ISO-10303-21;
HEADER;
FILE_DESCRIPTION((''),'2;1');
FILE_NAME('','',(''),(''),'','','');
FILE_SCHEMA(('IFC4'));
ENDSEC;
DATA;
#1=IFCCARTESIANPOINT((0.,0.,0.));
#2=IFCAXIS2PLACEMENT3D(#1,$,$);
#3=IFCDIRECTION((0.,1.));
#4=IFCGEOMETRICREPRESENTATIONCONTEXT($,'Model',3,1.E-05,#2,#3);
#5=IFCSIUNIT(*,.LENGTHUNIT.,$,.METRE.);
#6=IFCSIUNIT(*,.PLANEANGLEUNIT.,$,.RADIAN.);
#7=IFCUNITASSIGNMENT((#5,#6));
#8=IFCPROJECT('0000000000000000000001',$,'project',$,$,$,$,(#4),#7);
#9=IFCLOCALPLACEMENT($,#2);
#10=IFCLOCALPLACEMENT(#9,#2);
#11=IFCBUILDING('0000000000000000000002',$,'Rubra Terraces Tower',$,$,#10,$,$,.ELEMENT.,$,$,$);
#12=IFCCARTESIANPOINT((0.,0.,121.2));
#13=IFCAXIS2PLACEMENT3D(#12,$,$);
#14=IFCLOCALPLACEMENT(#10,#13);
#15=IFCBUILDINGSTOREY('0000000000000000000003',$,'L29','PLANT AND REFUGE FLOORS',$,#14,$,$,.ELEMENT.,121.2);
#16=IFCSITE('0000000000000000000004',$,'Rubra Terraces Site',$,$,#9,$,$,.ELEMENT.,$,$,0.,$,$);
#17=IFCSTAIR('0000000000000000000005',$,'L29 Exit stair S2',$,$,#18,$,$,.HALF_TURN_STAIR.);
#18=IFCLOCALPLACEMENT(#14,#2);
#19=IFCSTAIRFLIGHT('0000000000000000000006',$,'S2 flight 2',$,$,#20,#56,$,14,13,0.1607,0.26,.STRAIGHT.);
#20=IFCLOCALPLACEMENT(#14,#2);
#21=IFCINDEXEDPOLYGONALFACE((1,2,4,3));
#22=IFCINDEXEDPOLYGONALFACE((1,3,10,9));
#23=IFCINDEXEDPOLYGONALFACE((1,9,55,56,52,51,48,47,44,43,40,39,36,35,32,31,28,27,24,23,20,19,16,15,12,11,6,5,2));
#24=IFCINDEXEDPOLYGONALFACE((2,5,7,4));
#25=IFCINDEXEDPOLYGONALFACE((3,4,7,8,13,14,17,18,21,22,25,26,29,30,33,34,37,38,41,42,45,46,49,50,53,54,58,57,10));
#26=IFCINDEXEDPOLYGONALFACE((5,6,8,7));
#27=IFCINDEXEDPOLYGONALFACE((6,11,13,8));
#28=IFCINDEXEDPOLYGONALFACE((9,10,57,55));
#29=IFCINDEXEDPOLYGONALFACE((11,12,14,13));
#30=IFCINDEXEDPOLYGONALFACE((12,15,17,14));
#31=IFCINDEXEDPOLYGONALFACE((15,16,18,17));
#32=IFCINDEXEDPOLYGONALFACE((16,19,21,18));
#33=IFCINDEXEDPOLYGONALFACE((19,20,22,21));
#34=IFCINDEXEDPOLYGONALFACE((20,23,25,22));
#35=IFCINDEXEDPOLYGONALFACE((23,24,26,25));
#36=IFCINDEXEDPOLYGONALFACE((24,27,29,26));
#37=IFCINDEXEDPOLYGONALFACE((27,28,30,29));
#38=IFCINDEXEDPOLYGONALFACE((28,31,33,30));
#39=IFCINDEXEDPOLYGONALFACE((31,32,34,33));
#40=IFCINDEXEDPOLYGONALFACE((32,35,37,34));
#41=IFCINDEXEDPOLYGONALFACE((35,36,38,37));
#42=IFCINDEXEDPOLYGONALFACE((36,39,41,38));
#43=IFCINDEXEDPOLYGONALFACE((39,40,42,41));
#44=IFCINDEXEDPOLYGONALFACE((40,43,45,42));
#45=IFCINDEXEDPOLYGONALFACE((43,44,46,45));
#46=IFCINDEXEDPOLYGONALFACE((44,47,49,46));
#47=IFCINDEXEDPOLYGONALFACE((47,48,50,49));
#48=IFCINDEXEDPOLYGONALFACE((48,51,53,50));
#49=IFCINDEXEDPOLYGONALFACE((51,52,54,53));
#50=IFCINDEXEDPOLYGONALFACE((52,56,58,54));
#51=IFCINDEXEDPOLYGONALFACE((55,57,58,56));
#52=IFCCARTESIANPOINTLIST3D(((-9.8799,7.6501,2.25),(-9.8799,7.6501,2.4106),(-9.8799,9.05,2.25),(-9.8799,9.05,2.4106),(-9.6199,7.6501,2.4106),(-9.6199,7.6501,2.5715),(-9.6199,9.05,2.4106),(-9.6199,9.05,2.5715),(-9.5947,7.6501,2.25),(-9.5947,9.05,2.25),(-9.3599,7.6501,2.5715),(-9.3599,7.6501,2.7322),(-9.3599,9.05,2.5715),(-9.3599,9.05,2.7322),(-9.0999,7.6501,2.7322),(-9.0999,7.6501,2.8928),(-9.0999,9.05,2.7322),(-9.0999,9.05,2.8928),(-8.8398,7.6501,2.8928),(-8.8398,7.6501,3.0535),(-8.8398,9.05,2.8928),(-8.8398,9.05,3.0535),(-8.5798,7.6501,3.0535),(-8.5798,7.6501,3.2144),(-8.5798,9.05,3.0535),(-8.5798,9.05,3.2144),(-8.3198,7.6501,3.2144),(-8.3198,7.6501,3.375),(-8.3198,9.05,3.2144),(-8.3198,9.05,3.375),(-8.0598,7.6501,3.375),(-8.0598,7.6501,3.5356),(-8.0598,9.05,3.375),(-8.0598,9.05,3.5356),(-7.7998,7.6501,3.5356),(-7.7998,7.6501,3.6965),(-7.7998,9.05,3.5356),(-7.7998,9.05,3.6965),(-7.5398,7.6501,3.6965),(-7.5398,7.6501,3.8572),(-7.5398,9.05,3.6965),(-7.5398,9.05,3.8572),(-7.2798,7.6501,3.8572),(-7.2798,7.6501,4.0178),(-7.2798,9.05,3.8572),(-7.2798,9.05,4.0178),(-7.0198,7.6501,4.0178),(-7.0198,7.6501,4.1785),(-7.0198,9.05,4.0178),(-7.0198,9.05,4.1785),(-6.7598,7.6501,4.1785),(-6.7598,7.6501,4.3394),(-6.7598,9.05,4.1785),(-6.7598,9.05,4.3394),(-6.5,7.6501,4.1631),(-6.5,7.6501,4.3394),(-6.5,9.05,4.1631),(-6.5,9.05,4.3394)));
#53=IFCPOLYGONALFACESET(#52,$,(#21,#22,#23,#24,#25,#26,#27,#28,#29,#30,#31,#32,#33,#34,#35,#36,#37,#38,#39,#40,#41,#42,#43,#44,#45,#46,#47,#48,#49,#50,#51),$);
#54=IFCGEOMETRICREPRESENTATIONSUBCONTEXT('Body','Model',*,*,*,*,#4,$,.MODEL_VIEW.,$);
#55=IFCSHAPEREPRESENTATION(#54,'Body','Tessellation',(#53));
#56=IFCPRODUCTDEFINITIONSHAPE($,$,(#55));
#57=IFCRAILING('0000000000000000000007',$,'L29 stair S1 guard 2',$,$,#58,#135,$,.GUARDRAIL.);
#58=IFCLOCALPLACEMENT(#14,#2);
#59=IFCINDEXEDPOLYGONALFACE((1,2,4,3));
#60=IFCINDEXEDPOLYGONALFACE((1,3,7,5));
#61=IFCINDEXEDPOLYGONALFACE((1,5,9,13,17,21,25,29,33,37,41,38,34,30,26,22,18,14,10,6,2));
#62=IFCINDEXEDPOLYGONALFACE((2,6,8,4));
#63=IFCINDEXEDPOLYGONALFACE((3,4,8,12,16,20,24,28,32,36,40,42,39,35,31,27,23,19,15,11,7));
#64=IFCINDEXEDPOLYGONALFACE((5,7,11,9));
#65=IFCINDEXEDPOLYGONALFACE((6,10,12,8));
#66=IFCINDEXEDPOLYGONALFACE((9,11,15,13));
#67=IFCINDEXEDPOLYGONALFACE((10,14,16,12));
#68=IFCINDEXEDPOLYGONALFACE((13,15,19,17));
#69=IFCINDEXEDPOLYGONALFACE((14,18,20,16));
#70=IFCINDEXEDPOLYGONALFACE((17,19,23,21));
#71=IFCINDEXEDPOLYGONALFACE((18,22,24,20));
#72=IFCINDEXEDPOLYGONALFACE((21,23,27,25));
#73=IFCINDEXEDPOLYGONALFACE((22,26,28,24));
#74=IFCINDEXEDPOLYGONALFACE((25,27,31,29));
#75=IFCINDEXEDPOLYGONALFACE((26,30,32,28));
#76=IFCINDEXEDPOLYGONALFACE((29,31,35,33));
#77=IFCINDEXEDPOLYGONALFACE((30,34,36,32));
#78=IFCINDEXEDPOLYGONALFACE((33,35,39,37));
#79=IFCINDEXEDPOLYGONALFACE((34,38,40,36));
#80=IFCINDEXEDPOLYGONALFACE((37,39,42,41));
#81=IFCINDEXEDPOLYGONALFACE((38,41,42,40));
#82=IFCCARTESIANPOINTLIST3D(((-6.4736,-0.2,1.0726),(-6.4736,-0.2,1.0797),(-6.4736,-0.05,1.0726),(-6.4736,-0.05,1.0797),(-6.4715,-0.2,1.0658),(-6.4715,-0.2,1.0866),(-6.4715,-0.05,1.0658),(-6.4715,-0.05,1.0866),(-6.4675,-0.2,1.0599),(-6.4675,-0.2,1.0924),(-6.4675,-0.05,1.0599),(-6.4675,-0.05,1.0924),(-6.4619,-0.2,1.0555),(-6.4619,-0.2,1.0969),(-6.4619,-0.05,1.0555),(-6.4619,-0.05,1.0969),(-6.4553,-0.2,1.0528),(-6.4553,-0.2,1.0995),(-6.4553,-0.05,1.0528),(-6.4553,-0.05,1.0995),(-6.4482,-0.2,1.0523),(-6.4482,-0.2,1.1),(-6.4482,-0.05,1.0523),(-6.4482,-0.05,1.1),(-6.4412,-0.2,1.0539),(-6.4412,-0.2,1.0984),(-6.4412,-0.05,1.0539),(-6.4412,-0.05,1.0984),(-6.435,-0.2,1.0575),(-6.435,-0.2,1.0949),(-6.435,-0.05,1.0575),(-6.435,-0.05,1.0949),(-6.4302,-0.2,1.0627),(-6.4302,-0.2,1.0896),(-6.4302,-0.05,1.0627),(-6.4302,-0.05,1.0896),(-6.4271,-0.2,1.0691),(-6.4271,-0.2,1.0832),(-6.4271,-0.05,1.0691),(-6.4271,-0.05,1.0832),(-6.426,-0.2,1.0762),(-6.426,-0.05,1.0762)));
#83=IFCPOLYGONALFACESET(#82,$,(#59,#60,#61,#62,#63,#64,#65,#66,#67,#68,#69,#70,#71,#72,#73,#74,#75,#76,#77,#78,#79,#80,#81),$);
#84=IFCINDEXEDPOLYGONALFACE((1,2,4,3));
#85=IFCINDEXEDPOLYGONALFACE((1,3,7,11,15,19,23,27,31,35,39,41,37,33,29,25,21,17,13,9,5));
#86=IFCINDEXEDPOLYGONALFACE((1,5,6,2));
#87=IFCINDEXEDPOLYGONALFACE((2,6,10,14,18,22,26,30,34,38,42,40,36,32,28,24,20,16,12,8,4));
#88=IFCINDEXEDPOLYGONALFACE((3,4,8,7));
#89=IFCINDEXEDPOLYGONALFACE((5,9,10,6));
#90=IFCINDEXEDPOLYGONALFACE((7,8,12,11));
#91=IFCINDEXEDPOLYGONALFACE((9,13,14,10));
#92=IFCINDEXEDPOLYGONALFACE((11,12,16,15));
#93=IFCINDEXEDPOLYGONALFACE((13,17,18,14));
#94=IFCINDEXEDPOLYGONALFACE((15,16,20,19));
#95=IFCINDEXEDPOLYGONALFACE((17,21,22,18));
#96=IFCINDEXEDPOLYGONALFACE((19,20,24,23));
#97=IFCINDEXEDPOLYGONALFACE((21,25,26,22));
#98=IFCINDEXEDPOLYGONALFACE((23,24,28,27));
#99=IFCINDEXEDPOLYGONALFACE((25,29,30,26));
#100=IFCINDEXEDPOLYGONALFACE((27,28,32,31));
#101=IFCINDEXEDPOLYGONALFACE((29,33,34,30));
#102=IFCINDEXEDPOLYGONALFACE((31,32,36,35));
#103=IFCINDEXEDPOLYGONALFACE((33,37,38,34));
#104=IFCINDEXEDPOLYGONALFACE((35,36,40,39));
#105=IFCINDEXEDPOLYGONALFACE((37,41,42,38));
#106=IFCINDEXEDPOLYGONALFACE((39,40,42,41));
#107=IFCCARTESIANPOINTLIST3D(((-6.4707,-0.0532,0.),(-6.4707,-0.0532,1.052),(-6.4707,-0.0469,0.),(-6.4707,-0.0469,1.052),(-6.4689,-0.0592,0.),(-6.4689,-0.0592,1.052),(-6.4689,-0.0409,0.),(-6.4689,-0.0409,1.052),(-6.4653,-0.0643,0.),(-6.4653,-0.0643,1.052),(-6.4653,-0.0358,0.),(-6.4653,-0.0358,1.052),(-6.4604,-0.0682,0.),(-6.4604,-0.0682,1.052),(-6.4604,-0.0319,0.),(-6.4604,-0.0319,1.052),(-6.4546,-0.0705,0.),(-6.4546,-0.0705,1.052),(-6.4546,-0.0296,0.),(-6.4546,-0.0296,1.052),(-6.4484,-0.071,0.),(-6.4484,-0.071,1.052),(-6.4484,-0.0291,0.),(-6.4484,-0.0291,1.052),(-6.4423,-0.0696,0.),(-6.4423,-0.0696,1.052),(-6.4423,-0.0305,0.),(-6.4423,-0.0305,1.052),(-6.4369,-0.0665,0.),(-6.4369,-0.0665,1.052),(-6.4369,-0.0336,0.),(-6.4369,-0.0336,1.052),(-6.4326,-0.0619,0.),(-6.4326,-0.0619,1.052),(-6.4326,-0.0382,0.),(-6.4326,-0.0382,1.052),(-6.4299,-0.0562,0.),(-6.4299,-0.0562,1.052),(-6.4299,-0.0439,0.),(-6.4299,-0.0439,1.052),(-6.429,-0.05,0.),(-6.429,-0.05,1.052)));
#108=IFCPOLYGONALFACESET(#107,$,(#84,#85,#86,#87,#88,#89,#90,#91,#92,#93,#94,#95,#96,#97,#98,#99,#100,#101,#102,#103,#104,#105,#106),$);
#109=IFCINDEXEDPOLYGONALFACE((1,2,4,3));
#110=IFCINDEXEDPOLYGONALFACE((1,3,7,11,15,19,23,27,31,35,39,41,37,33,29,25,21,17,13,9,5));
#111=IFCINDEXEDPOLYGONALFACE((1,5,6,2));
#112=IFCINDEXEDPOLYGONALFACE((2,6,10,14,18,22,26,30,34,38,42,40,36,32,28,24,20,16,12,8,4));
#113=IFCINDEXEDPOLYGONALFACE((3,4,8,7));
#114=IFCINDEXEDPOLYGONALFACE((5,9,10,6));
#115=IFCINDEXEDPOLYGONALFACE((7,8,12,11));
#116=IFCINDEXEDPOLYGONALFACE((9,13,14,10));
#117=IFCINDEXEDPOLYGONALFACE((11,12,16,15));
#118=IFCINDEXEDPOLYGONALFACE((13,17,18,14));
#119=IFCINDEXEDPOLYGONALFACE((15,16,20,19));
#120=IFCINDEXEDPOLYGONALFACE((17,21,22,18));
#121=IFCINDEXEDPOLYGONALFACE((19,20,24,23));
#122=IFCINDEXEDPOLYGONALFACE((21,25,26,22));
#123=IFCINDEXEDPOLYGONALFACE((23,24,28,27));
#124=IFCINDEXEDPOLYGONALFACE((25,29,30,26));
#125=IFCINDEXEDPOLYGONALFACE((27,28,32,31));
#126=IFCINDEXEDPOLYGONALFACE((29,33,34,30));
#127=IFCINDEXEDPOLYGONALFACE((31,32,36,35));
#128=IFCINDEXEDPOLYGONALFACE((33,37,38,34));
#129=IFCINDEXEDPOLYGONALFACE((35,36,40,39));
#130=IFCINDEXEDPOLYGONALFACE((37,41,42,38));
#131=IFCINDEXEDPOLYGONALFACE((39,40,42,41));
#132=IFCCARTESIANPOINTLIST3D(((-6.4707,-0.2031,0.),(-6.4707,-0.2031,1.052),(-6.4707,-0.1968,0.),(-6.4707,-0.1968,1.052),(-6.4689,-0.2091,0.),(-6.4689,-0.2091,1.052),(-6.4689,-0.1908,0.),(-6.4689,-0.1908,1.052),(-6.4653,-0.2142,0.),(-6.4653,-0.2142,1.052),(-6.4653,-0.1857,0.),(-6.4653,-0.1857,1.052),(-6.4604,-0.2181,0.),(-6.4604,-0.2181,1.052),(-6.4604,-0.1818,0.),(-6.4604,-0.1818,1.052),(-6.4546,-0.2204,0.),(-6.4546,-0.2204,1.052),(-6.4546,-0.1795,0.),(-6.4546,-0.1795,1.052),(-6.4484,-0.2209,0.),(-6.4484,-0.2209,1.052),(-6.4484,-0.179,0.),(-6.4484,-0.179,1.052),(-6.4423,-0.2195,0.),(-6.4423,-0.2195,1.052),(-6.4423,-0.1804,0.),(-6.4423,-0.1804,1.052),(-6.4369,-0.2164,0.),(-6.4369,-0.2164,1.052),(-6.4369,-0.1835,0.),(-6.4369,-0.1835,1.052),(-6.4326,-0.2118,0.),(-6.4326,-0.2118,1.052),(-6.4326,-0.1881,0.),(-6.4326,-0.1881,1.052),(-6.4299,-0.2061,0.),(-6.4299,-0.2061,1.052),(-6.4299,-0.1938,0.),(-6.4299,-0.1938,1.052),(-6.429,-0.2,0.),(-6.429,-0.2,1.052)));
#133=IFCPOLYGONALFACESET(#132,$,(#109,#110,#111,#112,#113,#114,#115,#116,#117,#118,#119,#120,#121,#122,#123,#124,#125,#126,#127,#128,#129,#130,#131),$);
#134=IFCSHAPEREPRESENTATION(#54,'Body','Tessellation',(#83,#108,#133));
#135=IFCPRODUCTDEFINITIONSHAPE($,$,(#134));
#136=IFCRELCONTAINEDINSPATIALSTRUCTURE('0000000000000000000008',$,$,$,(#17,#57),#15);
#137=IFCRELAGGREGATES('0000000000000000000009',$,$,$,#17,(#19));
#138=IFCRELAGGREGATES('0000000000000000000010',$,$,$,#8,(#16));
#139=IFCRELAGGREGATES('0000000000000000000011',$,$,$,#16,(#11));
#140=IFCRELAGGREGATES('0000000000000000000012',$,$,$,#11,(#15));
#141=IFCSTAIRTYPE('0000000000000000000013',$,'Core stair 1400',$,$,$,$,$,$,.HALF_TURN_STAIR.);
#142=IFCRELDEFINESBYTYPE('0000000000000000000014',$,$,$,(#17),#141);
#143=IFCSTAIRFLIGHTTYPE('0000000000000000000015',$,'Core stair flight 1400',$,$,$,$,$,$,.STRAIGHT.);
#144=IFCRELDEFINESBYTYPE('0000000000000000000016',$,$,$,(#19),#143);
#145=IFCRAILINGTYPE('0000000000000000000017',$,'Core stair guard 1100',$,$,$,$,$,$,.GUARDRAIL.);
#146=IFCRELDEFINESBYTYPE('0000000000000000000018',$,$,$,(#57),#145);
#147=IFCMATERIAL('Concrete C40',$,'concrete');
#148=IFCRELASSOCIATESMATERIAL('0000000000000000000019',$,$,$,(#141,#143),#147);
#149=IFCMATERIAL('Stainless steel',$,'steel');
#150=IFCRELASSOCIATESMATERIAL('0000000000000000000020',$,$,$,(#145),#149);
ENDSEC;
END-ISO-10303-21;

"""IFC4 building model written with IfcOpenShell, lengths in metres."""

from ifc_helpers import new_model, si_unit, direction, frame, origin, origin_2d, place, context, subcontext, project, spatial, polyline, circle, outline, extrude, material, type_object, element, aggregate, save


model = new_model("IFC4")

# Units and contexts
model_context = context("Model", 3, precision=1e-05, world=origin(), true_north=direction((0.0, 1.0)))
body_context = subcontext(model_context, "Body", "Model", "MODEL_VIEW")
ifc_project = project(units=[si_unit("LENGTHUNIT", "METRE"), si_unit("PLANEANGLEUNIT", "RADIAN")], contexts=[model_context])

# Site, building, storey
site_placement = place(None, origin())
site = spatial("IfcSite", under=ifc_project, at=site_placement, Name="Rubra Terraces Site", CompositionType="ELEMENT", RefElevation=0.0)
building_placement = place(site_placement, origin())
building = spatial("IfcBuilding", under=site, at=building_placement, Name="Rubra Terraces Tower", CompositionType="ELEMENT")
storey_placement = place(building_placement, frame((0.0, 0.0, 121.2)))
storey = spatial("IfcBuildingStorey", under=building, at=storey_placement, Name="L29", Description="PLANT AND REFUGE FLOORS", CompositionType="ELEMENT", Elevation=121.2)

# Shared definitions
ifc_material_1 = material(Name="Concrete C40", Category="concrete")

# Shared definitions
ifc_material_2 = material(Name="Stainless steel", Category="steel")

# Shared definitions
stair_type = type_object("IfcStairType", Name="Core stair 1400", PredefinedType="HALF_TURN_STAIR", material=ifc_material_1)
stair_flight_type = type_object("IfcStairFlightType", Name="Core stair flight 1400", PredefinedType="STRAIGHT", material=ifc_material_1)

# Stair, stair flight
stair_1_placement = place(storey_placement, origin())
stair_1 = element("IfcStair", 1, at=stair_1_placement, inside=storey, type_object=stair_type, Name="L29 Exit stair S2", PredefinedType="HALF_TURN_STAIR")
stair_flight_1_placement = place(storey_placement, frame((-9.8799, 8.3501, 2.25), z_axis=(0.0, 0.0, 1.0), x_axis=(1.0, 0.0, 0.0)))
stair_flight_1 = element("IfcStairFlight", 2, at=stair_flight_1_placement, type_object=stair_flight_type, Name="S2 flight 2", NumberOfRisers=14, NumberOfTreads=13, PredefinedType="STRAIGHT", RiserHeight=0.1607, TreadLength=0.26, context=body_context, shape_type="SweptSolid", body=[
    extrude(outline(polyline([(0.0, 0.0), (0.0, 0.1606), (0.26, 0.1606), (0.26, 0.3215), (0.52, 0.3215), (0.52, 0.4822), (0.78, 0.4822), (0.78, 0.6428), (1.04, 0.6428), (1.04, 0.8035), (1.3, 0.8035), (1.3, 0.9644), (1.5601, 0.9644), (1.5601, 1.125), (1.8201, 1.125), (1.8201, 1.2856), (2.0801, 1.2856), (2.0801, 1.4465), (2.3401, 1.4465), (2.3401, 1.6072), (2.6001, 1.6072), (2.6001, 1.7678), (2.8601, 1.7678), (2.8601, 1.9285), (3.1201, 1.9285), (3.1201, 2.0894), (3.3799, 2.0894), (3.3799, 2.25), (3.3799, 1.9131), (0.2852, 0.0), (0.0, 0.0)])), frame((0.0, 0.7, 0.0), z_axis=(0.0, -1.0, 0.0), x_axis=(1.0, 0.0, 0.0)), (0.0, 0.0, 1.0), 1.3999),
])
aggregate(stair_1, [stair_flight_1])

# Railing
railing_type_1 = type_object("IfcRailingType", Name="Core stair guard 1100", PredefinedType="GUARDRAIL", material=ifc_material_2)
railing_1_placement = place(storey_placement, frame((-6.45, -0.05, 0.0)))
element("IfcRailing", 3, at=railing_1_placement, inside=storey, type_object=railing_type_1, Name="L29 stair S1 guard 2", PredefinedType="GUARDRAIL", context=body_context, shape_type="SweptSolid", body=[
    extrude(circle(Radius=0.0239, at=origin_2d()), frame((0.0, 0.0, 1.0762), z_axis=(0.0, -1.0, 0.0), x_axis=(1.0, 0.0, 0.0)), (0.0, 0.0, 1.0), 0.1499),
    extrude(circle(Radius=0.021, at=origin_2d()), origin(), (0.0, 0.0, 1.0), 1.052),
    extrude(circle(Radius=0.021, at=origin_2d()), frame((0.0, -0.1499, 0.0)), (0.0, 0.0, 1.0), 1.052),
])

save(model, "model.ifc")
